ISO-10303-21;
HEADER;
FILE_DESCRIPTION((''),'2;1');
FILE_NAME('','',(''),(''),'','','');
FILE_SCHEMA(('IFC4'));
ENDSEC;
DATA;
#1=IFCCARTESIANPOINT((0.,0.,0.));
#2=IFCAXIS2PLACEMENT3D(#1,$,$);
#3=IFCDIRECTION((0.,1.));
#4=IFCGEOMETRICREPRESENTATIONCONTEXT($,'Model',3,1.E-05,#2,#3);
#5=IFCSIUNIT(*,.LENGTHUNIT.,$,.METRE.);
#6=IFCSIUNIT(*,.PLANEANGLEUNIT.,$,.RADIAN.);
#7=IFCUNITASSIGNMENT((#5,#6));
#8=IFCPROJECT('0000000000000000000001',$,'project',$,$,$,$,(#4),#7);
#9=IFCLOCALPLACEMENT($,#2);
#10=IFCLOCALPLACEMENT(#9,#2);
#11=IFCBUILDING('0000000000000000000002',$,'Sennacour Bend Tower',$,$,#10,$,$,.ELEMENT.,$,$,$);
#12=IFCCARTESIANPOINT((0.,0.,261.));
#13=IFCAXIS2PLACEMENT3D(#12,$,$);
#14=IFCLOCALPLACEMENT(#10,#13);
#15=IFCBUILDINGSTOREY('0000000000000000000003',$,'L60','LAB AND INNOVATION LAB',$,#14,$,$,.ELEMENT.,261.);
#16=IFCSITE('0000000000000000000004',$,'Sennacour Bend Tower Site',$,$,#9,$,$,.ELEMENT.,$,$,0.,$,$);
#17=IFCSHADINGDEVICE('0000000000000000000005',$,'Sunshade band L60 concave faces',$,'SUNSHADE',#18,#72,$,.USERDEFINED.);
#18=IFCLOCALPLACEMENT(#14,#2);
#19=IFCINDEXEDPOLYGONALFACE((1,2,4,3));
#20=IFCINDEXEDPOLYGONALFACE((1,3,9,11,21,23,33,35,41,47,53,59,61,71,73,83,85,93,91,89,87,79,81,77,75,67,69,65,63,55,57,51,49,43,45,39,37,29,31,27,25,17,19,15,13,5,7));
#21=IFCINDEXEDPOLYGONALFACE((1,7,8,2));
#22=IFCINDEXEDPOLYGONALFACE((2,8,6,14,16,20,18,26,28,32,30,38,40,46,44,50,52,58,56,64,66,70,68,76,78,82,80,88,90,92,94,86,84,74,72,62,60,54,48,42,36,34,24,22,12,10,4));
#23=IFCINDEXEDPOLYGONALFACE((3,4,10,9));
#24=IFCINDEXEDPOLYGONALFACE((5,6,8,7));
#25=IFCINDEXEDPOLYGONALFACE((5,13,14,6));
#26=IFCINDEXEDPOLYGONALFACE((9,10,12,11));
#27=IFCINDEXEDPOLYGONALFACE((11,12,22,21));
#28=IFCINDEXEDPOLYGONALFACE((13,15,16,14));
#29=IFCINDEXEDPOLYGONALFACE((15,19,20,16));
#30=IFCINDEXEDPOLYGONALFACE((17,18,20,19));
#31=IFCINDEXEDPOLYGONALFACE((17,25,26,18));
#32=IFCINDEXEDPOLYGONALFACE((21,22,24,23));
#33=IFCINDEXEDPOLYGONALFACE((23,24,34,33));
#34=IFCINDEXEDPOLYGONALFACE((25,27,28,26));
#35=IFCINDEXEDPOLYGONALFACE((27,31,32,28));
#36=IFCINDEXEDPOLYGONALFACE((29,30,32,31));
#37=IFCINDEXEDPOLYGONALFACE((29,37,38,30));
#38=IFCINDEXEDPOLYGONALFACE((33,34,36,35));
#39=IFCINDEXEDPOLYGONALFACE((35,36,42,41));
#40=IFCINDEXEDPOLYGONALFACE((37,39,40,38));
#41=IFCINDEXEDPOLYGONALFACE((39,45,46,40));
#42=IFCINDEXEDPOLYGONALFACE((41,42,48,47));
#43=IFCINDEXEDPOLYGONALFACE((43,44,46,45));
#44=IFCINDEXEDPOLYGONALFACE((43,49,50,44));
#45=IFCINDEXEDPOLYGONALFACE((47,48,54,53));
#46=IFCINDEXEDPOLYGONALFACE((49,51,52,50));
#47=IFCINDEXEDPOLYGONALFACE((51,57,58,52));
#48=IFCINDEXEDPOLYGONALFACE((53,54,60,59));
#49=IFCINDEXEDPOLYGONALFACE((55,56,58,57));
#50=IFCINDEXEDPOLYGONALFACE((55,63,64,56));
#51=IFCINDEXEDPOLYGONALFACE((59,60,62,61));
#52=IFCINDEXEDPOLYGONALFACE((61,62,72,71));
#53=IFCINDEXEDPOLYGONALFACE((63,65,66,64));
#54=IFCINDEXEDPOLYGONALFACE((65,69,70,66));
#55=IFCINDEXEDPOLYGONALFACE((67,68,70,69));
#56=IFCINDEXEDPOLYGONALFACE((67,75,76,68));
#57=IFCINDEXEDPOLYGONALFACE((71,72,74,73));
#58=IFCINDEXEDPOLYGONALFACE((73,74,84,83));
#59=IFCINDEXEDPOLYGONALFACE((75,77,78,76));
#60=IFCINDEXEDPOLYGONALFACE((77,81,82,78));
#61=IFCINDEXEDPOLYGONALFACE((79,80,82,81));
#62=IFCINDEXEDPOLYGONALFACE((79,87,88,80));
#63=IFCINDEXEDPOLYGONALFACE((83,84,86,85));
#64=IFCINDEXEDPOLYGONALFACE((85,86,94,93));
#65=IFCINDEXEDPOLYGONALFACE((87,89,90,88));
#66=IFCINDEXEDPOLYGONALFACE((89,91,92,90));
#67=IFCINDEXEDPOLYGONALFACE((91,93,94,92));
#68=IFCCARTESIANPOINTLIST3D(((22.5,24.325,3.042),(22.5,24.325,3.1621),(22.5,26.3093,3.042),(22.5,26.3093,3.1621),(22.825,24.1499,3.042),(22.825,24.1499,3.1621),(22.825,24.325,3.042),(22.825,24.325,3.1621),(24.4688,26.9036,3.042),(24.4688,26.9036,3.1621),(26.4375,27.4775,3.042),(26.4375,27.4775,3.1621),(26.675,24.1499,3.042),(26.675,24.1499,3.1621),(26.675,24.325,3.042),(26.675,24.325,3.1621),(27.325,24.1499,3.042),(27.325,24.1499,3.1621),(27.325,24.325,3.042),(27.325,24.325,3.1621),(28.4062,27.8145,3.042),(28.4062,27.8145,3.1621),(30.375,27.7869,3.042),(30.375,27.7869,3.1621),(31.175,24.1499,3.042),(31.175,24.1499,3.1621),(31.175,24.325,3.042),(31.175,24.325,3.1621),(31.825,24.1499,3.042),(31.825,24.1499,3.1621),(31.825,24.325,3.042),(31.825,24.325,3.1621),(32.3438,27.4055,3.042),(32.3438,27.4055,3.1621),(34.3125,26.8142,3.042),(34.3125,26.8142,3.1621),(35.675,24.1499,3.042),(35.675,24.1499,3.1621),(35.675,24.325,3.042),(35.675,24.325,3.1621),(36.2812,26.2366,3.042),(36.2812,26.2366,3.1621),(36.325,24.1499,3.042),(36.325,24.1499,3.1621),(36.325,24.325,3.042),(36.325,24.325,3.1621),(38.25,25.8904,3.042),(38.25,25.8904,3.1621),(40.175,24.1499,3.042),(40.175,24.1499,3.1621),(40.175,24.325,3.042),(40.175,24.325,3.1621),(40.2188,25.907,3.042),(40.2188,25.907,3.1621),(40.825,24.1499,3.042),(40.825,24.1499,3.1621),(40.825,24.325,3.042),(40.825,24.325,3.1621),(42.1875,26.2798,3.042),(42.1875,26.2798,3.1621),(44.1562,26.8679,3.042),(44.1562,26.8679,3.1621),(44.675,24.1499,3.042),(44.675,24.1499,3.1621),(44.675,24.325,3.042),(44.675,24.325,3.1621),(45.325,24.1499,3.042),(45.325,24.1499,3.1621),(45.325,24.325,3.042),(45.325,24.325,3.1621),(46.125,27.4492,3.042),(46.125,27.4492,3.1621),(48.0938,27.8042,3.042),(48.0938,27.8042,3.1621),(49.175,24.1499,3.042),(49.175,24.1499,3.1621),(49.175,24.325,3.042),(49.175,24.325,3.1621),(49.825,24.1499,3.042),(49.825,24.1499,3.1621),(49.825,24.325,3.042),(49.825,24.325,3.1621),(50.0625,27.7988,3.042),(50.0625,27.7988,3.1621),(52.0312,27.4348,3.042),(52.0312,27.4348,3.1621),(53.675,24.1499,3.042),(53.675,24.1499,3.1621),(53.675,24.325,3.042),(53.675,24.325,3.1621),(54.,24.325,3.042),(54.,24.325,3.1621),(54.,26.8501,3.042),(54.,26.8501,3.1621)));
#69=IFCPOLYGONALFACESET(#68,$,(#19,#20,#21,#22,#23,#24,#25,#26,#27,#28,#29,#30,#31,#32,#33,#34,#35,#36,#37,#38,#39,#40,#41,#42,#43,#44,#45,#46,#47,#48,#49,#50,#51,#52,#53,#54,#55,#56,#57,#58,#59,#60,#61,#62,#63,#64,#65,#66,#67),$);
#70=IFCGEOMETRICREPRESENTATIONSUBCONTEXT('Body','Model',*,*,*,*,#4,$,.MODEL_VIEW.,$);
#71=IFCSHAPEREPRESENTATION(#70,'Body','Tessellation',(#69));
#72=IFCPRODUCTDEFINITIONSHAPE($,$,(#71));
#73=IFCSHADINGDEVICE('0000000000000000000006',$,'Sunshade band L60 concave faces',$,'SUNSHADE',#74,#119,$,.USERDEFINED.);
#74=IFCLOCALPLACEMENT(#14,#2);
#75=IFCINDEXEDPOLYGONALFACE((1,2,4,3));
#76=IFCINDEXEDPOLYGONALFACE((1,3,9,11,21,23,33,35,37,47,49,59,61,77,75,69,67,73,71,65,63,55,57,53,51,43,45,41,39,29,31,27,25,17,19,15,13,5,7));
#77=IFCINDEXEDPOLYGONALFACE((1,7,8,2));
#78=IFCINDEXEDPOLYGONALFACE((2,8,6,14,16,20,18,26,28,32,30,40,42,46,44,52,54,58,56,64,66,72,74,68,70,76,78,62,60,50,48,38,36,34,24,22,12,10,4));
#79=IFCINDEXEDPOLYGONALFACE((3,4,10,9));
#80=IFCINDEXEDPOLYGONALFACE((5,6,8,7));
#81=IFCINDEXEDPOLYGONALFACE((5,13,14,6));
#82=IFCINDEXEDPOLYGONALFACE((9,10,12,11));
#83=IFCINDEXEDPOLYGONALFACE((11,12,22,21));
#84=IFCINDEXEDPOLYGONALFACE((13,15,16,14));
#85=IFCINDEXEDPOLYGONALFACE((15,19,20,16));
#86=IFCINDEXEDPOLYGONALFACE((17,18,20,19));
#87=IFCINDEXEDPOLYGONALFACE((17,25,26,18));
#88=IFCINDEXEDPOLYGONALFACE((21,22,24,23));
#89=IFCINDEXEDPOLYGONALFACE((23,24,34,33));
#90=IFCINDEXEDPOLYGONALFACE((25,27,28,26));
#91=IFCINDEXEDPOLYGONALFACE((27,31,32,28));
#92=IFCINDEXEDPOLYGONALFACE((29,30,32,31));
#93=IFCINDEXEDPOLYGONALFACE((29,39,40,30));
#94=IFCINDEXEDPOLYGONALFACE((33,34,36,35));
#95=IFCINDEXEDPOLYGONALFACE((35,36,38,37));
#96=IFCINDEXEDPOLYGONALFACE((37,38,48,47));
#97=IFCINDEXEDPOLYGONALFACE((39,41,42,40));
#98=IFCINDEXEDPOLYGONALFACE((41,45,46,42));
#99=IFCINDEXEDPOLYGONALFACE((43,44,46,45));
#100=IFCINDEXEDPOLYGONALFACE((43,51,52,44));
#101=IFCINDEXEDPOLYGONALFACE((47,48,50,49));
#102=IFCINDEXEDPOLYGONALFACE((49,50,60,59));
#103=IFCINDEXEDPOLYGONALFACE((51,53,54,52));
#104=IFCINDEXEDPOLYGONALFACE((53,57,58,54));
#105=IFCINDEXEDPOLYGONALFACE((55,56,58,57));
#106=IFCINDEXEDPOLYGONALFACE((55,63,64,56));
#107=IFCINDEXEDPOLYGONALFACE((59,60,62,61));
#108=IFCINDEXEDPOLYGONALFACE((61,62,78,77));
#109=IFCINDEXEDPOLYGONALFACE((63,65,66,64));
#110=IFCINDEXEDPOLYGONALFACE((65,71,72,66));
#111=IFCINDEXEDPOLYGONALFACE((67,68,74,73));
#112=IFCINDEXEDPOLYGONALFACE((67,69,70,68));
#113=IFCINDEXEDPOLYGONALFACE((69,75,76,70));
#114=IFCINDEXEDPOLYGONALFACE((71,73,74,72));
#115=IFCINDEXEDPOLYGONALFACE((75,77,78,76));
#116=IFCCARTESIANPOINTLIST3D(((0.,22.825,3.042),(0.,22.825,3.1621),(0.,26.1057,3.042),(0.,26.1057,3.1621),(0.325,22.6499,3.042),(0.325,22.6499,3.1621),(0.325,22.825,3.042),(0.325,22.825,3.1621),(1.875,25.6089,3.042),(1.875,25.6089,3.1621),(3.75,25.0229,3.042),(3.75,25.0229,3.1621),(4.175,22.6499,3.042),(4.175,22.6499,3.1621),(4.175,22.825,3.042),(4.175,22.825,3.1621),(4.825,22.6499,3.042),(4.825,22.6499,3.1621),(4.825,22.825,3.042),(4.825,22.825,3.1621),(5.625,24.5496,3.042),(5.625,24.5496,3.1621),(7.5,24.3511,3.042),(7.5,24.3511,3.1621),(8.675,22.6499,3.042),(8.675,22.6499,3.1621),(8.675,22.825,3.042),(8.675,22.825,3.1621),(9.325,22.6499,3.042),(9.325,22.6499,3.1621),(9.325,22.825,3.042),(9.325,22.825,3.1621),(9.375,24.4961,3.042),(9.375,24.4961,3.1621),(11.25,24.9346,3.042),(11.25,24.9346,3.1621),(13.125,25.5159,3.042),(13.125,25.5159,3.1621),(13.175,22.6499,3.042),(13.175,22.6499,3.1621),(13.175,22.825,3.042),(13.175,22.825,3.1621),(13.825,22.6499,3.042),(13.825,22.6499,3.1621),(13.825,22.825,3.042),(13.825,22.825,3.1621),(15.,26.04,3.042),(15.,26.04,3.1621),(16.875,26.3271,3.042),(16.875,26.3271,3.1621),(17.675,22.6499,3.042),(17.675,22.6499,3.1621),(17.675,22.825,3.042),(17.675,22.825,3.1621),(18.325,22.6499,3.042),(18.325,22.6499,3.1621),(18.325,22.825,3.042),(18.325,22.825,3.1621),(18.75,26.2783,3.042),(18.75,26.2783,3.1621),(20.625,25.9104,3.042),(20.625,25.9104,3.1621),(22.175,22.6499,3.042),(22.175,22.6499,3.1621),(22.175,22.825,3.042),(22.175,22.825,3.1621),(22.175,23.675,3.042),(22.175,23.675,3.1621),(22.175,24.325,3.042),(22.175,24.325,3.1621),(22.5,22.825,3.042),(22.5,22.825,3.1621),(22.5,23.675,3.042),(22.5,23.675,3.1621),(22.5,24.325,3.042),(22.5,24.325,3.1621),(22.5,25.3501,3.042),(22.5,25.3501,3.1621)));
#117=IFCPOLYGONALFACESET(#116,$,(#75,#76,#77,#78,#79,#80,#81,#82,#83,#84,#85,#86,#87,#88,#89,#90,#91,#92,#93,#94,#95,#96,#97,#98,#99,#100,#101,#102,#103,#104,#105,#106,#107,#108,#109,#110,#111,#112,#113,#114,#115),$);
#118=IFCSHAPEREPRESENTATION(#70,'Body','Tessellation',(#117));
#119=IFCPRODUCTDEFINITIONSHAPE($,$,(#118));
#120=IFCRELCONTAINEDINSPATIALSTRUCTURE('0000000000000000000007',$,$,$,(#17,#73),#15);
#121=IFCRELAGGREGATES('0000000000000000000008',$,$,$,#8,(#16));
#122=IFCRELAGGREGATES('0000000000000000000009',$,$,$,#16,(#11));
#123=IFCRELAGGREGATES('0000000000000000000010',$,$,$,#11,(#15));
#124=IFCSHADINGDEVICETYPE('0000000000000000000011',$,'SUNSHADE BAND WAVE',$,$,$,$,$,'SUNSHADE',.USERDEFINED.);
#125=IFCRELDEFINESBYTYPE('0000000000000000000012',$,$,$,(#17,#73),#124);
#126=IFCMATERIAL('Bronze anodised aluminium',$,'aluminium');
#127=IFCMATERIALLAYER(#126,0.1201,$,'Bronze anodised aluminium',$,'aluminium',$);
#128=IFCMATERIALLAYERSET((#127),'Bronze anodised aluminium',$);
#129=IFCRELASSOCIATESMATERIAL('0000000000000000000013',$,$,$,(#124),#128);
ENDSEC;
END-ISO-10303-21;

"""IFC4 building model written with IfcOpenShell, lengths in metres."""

from ifc_helpers import new_model, si_unit, direction, frame, origin, place, context, subcontext, project, spatial, polyline, outline, extrude, material, layer, layer_set, type_object, element, save


model = new_model("IFC4")

# Units and contexts
model_context = context("Model", 3, precision=1e-05, world=origin(), true_north=direction((0.0, 1.0)))
body_context = subcontext(model_context, "Body", "Model", "MODEL_VIEW")
ifc_project = project(units=[si_unit("LENGTHUNIT", "METRE"), si_unit("PLANEANGLEUNIT", "RADIAN")], contexts=[model_context])

# Site, building, storey
site_placement = place(None, origin())
site = spatial("IfcSite", under=ifc_project, at=site_placement, Name="Sennacour Bend Tower Site", CompositionType="ELEMENT", RefElevation=0.0)
building_placement = place(site_placement, origin())
building = spatial("IfcBuilding", under=site, at=building_placement, Name="Sennacour Bend Tower", CompositionType="ELEMENT")
storey_placement = place(building_placement, frame((0.0, 0.0, 261.0)))
storey = spatial("IfcBuildingStorey", under=building, at=storey_placement, Name="L60", Description="LAB AND INNOVATION LAB", CompositionType="ELEMENT", Elevation=261.0)

# Shading devices
ifc_material_1 = material(Name="Bronze anodised aluminium", Category="aluminium")
ifc_layer_1 = layer(ifc_material_1, 0.1201, Name="Bronze anodised aluminium", Category="aluminium")
ifc_layer_set_1 = layer_set([ifc_layer_1], Name="Bronze anodised aluminium")
shading_device_type_1 = type_object("IfcShadingDeviceType", Name="SUNSHADE BAND WAVE", ElementType="SUNSHADE", PredefinedType="USERDEFINED", material=ifc_layer_set_1)
shading_device_1_placement = place(storey_placement, frame((0.0, 0.0, 3.042)))
element("IfcShadingDevice", 1, at=shading_device_1_placement, inside=storey, type_object=shading_device_type_1, Name="Sunshade band L60 concave faces", ObjectType="SUNSHADE", PredefinedType="USERDEFINED", context=body_context, shape_type="SweptSolid", body=[
    extrude(outline(polyline([(53.675, 24.1499), (49.825, 24.1499), (49.825, 24.325), (49.175, 24.325), (49.175, 24.1499), (45.325, 24.1499), (45.325, 24.325), (44.675, 24.325), (44.675, 24.1499), (40.825, 24.1499), (40.825, 24.325), (40.175, 24.325), (40.175, 24.1499), (36.325, 24.1499), (36.325, 24.325), (35.675, 24.325), (35.675, 24.1499), (31.825, 24.1499), (31.825, 24.325), (31.175, 24.325), (31.175, 24.1499), (27.325, 24.1499), (27.325, 24.325), (26.675, 24.325), (26.675, 24.1499), (22.825, 24.1499), (22.825, 24.325), (22.5, 24.325), (22.5, 26.3093), (24.4688, 26.9036), (26.4375, 27.4775), (28.4062, 27.8145), (30.375, 27.7869), (32.3438, 27.4055), (34.3125, 26.8142), (36.2812, 26.2366), (38.25, 25.8904), (40.2188, 25.907), (42.1875, 26.2798), (44.1562, 26.8679), (46.125, 27.4492), (48.0938, 27.8042), (50.0625, 27.7988), (52.0312, 27.4348), (54.0, 26.8501), (54.0, 24.325), (53.675, 24.325), (53.675, 24.1499)])), origin(), (0.0, 0.0, 1.0), 0.1201),
])
shading_device_2_placement = place(storey_placement, frame((0.0, 0.0, 3.042)))
element("IfcShadingDevice", 2, at=shading_device_2_placement, inside=storey, type_object=shading_device_type_1, Name="Sunshade band L60 concave faces", ObjectType="SUNSHADE", PredefinedType="USERDEFINED", context=body_context, shape_type="SweptSolid", body=[
    extrude(outline(polyline([(22.175, 22.6499), (18.325, 22.6499), (18.325, 22.825), (17.675, 22.825), (17.675, 22.6499), (13.825, 22.6499), (13.825, 22.825), (13.175, 22.825), (13.175, 22.6499), (9.325, 22.6499), (9.325, 22.825), (8.675, 22.825), (8.675, 22.6499), (4.825, 22.6499), (4.825, 22.825), (4.175, 22.825), (4.175, 22.6499), (0.325, 22.6499), (0.325, 22.825), (0.0, 22.825), (0.0, 26.1057), (1.875, 25.6089), (3.75, 25.0229), (5.625, 24.5496), (7.5, 24.3511), (9.375, 24.4961), (11.25, 24.9346), (13.125, 25.5159), (15.0, 26.04), (16.875, 26.3271), (18.75, 26.2783), (20.625, 25.9104), (22.5, 25.3501), (22.5, 24.325), (22.175, 24.325), (22.175, 23.675), (22.5, 23.675), (22.5, 22.825), (22.175, 22.825), (22.175, 22.6499)])), origin(), (0.0, 0.0, 1.0), 0.1201),
])

save(model, "model.ifc")
